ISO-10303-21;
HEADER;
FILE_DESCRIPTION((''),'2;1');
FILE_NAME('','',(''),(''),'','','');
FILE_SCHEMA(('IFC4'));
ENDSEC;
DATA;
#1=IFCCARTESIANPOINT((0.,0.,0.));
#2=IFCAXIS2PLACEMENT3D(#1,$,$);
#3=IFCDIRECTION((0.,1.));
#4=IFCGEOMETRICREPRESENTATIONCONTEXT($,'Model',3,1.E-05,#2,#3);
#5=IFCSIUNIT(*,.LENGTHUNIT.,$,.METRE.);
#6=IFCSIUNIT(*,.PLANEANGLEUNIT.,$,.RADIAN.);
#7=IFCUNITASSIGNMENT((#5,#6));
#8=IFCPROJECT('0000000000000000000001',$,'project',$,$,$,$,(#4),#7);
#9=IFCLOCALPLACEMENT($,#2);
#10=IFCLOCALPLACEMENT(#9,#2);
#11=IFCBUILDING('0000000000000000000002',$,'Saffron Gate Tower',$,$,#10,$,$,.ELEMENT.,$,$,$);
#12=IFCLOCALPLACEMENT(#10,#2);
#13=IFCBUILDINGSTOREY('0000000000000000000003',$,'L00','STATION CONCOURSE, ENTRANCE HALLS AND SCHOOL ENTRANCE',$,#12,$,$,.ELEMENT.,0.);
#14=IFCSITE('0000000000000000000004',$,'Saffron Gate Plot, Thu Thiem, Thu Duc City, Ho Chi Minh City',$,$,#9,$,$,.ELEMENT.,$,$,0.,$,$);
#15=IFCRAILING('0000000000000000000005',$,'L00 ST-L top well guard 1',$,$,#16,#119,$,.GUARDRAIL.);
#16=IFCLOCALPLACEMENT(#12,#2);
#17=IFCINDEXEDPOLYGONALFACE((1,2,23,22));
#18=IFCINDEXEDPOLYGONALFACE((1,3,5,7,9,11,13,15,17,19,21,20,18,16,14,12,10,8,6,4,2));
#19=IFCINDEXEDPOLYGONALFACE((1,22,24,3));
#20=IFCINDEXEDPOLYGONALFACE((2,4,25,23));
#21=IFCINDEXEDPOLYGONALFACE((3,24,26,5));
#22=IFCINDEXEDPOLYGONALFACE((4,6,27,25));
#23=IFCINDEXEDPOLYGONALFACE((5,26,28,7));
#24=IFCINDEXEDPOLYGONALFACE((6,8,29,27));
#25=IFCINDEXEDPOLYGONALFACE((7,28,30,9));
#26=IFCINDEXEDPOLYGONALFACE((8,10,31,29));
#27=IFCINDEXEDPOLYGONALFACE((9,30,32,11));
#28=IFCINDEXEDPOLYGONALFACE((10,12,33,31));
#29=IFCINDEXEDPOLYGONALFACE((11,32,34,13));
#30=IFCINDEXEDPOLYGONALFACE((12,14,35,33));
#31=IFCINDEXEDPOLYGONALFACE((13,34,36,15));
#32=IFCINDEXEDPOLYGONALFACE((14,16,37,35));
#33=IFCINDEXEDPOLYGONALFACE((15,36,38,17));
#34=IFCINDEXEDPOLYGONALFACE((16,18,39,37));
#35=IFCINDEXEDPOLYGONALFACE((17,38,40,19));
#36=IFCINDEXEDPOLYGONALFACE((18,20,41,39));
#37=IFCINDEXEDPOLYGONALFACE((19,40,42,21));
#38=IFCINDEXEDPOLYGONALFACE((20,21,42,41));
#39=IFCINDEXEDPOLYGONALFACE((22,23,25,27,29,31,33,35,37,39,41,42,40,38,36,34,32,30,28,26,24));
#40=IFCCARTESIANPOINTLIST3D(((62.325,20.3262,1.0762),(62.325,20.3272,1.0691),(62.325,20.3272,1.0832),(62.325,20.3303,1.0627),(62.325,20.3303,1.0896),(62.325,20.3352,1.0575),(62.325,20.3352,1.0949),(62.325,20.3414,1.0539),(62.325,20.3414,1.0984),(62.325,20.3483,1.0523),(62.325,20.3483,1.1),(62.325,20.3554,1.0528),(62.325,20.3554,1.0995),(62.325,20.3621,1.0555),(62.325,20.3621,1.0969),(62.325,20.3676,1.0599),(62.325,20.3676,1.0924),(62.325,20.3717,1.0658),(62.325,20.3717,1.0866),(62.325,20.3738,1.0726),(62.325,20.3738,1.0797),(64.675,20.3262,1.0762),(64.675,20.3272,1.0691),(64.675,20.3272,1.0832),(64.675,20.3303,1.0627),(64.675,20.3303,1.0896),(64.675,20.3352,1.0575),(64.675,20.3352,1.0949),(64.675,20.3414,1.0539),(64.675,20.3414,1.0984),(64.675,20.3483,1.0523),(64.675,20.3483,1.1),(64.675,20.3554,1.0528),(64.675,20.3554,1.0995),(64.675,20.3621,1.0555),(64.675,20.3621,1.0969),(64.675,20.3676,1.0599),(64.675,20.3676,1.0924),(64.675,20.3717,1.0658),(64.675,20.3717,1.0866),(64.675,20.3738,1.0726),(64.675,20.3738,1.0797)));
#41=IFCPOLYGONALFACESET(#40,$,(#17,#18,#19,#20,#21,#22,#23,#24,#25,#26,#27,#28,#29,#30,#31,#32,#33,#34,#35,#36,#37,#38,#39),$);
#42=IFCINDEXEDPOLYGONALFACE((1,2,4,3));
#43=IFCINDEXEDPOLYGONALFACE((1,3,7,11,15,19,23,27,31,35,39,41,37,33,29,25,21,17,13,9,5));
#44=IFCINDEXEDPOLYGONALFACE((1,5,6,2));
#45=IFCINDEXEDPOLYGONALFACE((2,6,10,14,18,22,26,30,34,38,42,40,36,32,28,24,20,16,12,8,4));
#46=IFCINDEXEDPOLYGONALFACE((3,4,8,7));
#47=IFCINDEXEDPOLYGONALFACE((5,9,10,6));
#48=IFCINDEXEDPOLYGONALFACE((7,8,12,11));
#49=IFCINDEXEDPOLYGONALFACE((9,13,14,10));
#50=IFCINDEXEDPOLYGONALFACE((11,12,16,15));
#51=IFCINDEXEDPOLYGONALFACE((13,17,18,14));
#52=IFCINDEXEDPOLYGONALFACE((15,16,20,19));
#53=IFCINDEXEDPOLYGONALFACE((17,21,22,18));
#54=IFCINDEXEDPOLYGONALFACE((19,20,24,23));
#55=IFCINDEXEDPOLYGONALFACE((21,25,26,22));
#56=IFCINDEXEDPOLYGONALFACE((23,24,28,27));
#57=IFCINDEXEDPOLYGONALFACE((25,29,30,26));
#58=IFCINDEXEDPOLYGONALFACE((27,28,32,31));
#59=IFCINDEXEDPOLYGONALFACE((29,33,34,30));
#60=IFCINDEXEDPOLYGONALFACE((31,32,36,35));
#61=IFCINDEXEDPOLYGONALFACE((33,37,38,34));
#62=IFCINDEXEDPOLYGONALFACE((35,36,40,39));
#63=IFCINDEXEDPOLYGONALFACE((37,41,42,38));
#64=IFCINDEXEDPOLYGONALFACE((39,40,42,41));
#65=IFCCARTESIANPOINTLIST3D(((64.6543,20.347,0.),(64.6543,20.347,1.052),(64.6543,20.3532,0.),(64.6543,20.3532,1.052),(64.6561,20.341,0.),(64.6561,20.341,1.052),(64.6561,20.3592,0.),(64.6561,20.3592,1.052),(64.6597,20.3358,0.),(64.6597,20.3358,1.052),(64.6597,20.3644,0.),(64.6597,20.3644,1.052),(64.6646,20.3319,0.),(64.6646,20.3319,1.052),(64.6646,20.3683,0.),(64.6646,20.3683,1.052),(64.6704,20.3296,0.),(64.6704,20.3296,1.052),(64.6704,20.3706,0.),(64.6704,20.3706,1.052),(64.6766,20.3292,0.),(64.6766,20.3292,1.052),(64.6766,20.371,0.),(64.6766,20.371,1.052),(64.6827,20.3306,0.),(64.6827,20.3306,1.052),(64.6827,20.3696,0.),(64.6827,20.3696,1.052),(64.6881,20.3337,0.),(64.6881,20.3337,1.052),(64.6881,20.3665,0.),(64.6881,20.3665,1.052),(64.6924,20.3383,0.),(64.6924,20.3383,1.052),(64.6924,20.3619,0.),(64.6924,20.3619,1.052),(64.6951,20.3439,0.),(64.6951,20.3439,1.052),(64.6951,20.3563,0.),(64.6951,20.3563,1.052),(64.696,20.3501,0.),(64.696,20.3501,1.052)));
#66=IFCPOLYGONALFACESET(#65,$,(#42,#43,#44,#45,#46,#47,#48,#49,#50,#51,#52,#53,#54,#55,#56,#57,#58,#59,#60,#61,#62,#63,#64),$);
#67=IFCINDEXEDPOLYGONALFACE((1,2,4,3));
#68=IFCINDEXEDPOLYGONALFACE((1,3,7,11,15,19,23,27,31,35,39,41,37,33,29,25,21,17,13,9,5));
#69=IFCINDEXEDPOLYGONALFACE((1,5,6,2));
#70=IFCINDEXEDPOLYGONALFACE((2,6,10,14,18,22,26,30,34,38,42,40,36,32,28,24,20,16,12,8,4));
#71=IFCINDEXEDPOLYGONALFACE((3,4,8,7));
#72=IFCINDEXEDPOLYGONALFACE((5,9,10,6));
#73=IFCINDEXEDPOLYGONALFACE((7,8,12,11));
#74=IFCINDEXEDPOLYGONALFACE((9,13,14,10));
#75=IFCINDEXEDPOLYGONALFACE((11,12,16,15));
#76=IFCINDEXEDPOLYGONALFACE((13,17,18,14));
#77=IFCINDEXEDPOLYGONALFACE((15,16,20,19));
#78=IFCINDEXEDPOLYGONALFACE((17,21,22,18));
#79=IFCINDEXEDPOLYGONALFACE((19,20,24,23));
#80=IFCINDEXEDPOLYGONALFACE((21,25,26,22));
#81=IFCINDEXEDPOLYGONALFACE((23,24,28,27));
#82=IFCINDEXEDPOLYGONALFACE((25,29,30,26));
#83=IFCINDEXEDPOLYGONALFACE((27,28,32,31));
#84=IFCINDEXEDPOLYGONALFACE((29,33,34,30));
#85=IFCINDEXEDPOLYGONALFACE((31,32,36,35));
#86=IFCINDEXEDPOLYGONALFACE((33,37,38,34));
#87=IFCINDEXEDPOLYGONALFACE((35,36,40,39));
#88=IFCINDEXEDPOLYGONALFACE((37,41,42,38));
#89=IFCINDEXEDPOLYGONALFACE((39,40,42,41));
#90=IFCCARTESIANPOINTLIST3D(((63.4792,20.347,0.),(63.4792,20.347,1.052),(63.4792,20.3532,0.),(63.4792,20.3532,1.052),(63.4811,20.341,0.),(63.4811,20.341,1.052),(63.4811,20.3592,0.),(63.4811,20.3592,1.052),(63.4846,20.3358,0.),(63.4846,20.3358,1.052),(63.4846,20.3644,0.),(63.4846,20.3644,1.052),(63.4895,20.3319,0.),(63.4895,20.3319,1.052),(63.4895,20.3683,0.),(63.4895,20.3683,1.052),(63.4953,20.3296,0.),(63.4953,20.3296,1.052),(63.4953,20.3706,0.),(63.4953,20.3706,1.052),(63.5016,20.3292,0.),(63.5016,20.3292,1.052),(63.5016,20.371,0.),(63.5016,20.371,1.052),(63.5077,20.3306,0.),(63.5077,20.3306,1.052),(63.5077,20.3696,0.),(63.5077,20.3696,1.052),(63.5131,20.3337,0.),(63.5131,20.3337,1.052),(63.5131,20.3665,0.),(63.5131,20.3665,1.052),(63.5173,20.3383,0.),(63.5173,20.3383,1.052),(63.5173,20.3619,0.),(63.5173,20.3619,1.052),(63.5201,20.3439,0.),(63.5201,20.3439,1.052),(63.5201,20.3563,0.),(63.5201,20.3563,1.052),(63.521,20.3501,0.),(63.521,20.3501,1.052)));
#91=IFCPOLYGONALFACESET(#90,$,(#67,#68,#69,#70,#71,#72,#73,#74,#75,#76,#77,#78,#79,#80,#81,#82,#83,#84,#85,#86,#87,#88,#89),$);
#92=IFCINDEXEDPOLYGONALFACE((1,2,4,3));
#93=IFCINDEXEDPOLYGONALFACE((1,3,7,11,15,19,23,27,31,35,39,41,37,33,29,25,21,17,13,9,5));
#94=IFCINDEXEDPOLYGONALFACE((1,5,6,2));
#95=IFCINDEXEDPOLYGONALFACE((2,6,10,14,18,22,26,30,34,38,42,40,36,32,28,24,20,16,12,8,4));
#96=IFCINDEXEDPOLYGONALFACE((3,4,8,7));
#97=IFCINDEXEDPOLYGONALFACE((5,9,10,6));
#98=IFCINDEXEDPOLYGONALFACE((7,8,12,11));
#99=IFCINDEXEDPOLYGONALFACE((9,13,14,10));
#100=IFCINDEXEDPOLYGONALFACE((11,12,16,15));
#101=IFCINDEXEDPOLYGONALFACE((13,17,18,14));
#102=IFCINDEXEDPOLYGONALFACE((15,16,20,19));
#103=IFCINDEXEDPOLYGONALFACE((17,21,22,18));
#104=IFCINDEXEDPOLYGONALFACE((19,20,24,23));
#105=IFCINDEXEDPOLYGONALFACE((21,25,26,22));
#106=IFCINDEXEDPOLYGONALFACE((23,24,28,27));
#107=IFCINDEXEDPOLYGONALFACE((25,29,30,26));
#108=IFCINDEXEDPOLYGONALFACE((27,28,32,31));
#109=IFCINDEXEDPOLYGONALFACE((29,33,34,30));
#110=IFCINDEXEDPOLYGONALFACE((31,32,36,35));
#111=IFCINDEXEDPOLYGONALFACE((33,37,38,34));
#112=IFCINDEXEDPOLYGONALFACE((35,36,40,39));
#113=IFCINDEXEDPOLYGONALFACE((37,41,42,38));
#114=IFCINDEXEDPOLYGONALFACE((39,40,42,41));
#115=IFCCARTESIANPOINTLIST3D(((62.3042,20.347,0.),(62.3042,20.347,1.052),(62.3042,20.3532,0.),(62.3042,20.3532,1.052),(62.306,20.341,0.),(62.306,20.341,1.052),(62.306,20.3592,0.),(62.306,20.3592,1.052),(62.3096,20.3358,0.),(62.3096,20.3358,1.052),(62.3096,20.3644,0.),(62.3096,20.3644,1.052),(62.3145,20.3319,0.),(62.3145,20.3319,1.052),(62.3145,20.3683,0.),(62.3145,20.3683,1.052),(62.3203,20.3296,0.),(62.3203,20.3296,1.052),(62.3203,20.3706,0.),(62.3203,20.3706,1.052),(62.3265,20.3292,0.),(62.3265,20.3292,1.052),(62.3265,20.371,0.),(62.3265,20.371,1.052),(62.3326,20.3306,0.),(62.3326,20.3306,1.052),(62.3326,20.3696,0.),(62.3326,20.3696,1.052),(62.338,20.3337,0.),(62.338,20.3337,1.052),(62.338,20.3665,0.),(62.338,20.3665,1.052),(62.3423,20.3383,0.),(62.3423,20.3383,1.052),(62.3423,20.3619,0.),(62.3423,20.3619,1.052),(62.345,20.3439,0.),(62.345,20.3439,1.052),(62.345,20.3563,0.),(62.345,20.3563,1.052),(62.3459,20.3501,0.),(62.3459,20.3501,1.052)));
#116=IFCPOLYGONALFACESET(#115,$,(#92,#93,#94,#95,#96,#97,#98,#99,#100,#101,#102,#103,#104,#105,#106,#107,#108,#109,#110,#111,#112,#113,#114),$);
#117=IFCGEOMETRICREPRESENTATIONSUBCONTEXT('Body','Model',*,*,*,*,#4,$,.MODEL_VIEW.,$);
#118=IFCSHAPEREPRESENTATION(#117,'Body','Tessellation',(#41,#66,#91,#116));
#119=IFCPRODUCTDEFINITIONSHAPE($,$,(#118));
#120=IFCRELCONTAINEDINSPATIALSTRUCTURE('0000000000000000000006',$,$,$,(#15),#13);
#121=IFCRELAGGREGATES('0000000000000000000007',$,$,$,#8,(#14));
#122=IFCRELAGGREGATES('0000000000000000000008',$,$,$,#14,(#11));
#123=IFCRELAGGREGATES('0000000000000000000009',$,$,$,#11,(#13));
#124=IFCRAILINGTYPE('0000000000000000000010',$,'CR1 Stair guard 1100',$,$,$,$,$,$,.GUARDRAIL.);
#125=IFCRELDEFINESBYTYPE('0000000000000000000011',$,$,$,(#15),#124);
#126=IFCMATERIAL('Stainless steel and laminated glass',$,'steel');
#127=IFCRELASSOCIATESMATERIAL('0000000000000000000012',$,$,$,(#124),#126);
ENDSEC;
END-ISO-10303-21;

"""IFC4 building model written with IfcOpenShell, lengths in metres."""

from ifc_helpers import new_model, si_unit, direction, frame, origin, origin_2d, place, context, subcontext, project, spatial, circle, extrude, material, type_object, element, save


model = new_model("IFC4")

# Units and contexts
model_context = context("Model", 3, precision=1e-05, world=origin(), true_north=direction((0.0, 1.0)))
body_context = subcontext(model_context, "Body", "Model", "MODEL_VIEW")
ifc_project = project(units=[si_unit("LENGTHUNIT", "METRE"), si_unit("PLANEANGLEUNIT", "RADIAN")], contexts=[model_context])

# Site, building, storey
site_placement = place(None, origin())
site = spatial("IfcSite", under=ifc_project, at=site_placement, Name="Saffron Gate Plot, Thu Thiem, Thu Duc City, Ho Chi Minh City", CompositionType="ELEMENT", RefElevation=0.0)
building_placement = place(site_placement, origin())
building = spatial("IfcBuilding", under=site, at=building_placement, Name="Saffron Gate Tower", CompositionType="ELEMENT")
storey_placement = place(building_placement, origin())
storey = spatial("IfcBuildingStorey", under=building, at=storey_placement, Name="L00", Description="STATION CONCOURSE, ENTRANCE HALLS AND SCHOOL ENTRANCE", CompositionType="ELEMENT", Elevation=0.0)

# Railing
ifc_material_1 = material(Name="Stainless steel and laminated glass", Category="steel")
railing_type = type_object("IfcRailingType", Name="CR1 Stair guard 1100", PredefinedType="GUARDRAIL", material=ifc_material_1)
railing_1_placement = place(storey_placement, frame((64.675, 20.3501, 0.0)))
element("IfcRailing", 1, at=railing_1_placement, inside=storey, type_object=railing_type, Name="L00 ST-L top well guard 1", PredefinedType="GUARDRAIL", context=body_context, shape_type="SweptSolid", body=[
    extrude(circle(Radius=0.0239, at=origin_2d()), frame((0.0, 0.0, 1.0762), z_axis=(-1.0, 0.0, 0.0), x_axis=(0.0, -1.0, 0.0)), (0.0, 0.0, 1.0), 2.3501),
    extrude(circle(Radius=0.021, at=origin_2d()), origin(), (0.0, 0.0, 1.0), 1.052),
    extrude(circle(Radius=0.021, at=origin_2d()), frame((-1.175, 0.0, 0.0)), (0.0, 0.0, 1.0), 1.052),
    extrude(circle(Radius=0.021, at=origin_2d()), frame((-2.3501, 0.0, 0.0)), (0.0, 0.0, 1.0), 1.052),
])

save(model, "model.ifc")
